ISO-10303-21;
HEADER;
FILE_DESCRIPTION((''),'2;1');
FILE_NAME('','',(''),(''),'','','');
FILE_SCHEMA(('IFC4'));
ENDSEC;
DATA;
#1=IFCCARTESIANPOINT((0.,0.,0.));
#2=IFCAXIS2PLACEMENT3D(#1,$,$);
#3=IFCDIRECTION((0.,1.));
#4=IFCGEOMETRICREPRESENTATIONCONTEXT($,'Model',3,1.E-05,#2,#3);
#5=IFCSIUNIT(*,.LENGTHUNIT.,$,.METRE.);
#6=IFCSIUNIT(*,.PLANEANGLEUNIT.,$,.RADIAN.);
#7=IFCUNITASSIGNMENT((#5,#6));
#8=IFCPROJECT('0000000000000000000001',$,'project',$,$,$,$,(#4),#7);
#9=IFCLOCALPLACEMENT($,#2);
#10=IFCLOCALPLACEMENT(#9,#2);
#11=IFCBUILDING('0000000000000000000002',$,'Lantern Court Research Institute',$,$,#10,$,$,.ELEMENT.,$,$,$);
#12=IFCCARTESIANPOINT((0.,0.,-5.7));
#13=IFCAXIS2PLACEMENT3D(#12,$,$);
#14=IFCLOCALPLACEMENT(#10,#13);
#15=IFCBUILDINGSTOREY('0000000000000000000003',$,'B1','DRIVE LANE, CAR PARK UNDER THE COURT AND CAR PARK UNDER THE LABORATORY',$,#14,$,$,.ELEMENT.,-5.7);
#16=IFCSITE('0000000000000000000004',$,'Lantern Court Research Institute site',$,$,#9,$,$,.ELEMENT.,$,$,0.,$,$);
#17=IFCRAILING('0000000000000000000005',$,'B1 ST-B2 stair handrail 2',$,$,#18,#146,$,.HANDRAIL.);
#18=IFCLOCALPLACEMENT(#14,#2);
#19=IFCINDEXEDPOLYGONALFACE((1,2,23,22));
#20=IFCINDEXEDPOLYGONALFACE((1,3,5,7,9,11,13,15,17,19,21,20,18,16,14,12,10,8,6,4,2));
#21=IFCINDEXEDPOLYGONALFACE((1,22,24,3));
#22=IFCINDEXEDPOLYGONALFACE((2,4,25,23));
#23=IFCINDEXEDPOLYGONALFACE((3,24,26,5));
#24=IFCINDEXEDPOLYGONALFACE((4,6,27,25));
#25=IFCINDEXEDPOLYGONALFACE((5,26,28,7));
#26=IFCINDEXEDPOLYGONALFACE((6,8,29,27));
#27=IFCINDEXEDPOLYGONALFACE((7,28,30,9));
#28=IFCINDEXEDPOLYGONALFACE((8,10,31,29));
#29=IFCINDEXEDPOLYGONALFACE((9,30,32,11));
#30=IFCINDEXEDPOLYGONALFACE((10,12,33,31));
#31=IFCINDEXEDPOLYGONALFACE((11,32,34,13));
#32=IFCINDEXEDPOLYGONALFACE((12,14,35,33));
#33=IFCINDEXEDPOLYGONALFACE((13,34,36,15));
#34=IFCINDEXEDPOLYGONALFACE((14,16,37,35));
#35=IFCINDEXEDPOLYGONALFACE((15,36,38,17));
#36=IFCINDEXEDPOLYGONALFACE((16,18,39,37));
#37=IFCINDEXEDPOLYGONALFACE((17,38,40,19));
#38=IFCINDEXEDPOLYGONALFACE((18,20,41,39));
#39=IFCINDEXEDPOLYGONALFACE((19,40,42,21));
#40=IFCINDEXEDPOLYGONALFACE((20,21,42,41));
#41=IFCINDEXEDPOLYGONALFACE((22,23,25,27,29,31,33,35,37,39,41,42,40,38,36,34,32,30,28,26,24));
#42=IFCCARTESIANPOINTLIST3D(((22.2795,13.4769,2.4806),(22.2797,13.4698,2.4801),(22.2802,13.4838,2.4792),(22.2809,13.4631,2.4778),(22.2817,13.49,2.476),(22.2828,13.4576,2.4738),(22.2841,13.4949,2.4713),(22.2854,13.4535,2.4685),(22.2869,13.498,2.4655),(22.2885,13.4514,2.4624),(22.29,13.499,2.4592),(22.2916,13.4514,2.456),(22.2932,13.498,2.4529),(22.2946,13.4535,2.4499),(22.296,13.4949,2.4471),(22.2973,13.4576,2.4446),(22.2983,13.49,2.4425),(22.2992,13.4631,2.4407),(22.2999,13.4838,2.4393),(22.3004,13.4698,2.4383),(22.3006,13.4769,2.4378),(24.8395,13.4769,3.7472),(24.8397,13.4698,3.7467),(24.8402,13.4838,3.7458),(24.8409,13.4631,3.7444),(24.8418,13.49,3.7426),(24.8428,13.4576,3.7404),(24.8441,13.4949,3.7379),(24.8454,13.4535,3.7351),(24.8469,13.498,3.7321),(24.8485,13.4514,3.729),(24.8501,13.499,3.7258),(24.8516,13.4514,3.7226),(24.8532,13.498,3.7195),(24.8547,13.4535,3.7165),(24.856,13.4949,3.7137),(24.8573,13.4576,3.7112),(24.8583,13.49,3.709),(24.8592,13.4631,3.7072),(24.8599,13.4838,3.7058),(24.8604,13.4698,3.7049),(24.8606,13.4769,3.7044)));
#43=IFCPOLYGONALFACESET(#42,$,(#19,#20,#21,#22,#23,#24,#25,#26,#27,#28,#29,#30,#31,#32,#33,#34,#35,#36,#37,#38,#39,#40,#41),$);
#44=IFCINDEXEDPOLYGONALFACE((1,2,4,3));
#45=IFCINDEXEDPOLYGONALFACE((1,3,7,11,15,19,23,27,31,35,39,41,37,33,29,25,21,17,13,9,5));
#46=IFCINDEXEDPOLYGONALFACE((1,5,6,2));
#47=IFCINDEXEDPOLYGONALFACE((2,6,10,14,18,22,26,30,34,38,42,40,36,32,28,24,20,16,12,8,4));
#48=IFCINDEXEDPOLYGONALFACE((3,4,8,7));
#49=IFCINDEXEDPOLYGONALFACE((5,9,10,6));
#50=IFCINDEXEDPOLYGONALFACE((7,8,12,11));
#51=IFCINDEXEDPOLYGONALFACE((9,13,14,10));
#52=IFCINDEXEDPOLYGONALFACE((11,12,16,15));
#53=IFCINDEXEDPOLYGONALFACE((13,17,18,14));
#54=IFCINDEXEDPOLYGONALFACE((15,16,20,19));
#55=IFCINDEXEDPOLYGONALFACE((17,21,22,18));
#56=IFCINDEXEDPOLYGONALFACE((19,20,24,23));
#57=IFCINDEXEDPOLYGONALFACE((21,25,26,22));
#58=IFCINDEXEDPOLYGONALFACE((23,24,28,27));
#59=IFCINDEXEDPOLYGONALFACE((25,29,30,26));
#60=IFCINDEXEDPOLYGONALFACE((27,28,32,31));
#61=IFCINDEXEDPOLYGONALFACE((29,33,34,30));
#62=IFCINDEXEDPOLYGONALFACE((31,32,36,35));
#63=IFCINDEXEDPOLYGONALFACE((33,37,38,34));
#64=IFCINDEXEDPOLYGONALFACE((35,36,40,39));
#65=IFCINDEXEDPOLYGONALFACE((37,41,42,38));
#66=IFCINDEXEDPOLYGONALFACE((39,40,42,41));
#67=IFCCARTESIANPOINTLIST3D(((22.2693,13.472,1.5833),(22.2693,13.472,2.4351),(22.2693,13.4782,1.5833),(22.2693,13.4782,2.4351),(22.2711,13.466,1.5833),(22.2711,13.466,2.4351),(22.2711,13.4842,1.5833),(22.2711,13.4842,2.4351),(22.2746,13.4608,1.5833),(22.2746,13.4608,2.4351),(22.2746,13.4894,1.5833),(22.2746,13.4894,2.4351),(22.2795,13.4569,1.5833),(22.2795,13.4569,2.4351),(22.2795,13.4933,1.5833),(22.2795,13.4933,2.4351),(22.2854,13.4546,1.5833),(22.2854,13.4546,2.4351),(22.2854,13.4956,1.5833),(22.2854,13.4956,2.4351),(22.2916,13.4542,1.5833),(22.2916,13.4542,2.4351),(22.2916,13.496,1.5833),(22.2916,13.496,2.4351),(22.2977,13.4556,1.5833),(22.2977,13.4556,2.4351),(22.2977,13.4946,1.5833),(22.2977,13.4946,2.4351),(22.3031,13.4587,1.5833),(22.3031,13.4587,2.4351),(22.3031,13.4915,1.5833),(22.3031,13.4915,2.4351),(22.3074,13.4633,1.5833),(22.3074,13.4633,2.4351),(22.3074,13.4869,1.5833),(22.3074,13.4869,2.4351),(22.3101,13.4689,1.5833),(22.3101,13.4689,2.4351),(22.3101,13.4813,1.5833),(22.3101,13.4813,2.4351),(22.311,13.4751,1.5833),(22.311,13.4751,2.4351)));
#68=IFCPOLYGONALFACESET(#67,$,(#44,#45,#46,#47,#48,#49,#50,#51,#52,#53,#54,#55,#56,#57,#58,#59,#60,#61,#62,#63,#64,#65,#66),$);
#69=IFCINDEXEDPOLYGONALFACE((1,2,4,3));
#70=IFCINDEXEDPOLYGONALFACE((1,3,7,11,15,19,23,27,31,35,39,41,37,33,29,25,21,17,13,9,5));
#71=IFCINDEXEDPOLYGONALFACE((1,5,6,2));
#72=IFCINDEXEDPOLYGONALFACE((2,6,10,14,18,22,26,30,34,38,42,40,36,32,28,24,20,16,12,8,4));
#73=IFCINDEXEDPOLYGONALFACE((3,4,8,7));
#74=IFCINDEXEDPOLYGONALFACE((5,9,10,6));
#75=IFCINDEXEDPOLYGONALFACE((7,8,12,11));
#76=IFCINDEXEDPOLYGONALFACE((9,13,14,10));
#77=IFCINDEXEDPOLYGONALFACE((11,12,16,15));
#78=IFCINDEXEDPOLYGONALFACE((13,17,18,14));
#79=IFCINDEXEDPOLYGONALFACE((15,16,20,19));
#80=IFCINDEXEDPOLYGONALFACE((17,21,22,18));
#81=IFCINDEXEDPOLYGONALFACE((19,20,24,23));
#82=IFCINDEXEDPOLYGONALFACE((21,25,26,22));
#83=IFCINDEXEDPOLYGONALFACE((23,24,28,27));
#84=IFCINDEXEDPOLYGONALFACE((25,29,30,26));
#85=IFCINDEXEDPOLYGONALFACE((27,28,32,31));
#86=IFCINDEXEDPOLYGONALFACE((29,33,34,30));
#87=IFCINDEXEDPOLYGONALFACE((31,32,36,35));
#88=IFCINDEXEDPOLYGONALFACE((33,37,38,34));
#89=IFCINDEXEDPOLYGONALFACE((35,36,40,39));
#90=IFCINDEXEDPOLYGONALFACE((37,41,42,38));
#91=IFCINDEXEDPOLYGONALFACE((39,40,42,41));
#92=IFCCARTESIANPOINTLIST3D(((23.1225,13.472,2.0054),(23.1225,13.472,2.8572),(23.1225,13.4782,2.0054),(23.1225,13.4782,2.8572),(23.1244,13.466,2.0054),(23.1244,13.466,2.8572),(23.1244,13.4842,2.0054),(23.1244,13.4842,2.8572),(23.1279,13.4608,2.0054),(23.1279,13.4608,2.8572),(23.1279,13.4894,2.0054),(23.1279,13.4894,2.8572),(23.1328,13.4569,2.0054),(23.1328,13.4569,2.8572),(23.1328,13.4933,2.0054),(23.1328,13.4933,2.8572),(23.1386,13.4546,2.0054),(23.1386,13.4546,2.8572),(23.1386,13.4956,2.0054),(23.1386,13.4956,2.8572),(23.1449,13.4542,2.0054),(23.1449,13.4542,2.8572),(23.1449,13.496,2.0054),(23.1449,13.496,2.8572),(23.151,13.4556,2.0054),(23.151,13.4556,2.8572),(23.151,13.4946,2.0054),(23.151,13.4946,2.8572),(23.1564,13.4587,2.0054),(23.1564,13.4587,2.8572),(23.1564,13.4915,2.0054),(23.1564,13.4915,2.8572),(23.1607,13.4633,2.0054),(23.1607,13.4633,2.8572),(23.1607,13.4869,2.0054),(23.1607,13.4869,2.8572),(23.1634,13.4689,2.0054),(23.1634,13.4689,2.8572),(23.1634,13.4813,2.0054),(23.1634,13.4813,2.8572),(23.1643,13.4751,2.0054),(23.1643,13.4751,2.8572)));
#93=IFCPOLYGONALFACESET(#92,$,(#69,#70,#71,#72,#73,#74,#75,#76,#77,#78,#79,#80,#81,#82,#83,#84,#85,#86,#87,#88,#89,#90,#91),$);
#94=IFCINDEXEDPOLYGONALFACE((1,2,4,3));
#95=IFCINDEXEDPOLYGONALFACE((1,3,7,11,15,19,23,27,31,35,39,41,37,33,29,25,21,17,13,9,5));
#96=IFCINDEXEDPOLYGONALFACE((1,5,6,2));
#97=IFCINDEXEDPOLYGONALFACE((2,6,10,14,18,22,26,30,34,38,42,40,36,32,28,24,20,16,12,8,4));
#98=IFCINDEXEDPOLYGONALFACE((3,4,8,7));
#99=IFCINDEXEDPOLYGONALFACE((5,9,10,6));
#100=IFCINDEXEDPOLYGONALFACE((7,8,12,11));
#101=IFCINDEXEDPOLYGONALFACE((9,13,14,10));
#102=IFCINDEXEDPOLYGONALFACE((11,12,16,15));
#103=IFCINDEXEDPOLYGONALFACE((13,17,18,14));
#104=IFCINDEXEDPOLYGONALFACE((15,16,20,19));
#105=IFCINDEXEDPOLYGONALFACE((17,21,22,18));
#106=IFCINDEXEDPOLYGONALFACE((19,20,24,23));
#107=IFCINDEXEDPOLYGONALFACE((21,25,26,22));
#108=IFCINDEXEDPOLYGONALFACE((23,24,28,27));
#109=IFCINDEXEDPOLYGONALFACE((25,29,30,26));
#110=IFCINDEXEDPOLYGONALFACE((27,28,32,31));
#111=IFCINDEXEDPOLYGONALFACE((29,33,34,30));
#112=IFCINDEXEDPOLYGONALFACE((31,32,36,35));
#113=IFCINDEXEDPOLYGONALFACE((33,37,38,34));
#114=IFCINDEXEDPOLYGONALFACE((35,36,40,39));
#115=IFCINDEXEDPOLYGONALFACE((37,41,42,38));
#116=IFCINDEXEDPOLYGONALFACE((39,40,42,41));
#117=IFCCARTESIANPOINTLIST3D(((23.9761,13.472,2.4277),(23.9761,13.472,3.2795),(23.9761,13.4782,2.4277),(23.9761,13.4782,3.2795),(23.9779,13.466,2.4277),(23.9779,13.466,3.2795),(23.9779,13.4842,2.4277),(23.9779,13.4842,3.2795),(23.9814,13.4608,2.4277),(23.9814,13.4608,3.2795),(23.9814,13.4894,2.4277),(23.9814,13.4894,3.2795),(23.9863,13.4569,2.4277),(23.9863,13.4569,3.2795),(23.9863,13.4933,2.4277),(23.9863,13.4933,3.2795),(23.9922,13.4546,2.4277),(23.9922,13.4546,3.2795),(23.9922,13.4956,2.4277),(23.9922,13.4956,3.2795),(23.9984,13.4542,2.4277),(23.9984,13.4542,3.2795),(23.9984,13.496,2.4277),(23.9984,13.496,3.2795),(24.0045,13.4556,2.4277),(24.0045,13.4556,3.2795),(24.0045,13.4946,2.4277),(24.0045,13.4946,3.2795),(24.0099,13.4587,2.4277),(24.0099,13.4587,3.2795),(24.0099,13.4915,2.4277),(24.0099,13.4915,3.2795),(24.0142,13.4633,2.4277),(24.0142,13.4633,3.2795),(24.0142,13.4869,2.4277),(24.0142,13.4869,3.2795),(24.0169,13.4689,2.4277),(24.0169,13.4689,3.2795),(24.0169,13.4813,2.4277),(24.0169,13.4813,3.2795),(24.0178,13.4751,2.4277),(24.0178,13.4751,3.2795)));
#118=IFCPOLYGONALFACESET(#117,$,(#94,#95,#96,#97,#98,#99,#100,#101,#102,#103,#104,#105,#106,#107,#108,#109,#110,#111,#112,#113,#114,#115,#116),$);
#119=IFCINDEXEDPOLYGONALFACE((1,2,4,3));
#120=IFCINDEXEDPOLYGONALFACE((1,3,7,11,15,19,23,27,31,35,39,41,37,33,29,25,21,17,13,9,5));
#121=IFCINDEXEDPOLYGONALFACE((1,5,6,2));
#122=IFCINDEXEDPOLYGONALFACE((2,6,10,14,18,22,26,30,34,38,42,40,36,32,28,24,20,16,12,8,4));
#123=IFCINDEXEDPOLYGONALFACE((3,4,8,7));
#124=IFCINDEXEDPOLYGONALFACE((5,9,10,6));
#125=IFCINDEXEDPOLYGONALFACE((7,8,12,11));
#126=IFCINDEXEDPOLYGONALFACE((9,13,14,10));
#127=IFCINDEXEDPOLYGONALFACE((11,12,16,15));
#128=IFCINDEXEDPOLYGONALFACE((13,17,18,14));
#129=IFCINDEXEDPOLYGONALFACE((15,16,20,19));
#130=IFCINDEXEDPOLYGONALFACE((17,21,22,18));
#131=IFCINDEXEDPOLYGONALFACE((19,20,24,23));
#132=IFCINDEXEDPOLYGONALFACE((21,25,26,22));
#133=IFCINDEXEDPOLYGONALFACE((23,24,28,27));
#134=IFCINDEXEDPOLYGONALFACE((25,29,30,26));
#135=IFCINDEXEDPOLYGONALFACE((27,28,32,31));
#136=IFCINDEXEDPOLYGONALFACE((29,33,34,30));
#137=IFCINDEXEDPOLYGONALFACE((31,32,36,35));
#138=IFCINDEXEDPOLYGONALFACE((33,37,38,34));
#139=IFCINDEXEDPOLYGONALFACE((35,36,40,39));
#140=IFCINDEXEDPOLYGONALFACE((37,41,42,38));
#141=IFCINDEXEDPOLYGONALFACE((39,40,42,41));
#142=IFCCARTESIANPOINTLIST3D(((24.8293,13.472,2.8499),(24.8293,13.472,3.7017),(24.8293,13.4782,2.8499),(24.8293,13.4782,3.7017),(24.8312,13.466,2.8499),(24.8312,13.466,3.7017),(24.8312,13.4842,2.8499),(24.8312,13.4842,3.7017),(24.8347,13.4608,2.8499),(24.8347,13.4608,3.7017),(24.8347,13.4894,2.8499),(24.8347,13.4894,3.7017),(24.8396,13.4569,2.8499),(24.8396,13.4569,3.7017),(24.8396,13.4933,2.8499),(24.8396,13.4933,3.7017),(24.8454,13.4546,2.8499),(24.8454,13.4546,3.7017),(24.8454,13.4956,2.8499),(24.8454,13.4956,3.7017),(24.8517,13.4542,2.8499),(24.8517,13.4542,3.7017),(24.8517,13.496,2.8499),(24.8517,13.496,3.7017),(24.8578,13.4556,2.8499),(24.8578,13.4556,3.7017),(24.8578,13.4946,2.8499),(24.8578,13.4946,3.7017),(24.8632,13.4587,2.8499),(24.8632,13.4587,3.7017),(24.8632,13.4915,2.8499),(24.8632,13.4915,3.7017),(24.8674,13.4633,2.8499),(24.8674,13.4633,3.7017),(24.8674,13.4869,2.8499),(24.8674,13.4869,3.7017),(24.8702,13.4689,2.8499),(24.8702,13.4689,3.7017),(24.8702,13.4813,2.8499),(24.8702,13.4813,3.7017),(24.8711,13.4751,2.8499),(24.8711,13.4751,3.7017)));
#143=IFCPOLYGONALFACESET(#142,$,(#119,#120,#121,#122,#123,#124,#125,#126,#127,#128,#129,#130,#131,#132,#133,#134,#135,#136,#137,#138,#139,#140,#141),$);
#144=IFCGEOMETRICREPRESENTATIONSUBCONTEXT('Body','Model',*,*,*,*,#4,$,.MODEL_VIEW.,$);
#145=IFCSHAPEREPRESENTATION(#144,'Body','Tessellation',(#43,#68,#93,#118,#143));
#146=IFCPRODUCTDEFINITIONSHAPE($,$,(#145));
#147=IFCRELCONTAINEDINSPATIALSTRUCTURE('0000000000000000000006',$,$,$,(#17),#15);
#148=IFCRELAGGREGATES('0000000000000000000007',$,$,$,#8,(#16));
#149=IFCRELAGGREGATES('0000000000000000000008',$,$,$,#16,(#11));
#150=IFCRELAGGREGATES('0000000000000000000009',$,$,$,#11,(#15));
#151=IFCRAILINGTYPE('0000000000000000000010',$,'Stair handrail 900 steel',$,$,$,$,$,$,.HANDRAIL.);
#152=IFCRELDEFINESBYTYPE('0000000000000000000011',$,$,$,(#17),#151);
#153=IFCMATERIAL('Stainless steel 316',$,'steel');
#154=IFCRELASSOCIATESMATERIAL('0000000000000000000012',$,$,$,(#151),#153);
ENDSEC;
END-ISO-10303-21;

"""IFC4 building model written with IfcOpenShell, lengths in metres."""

from ifc_helpers import new_model, si_unit, direction, frame, origin, origin_2d, place, context, subcontext, project, spatial, circle, extrude, material, type_object, element, save


model = new_model("IFC4")

# Units and contexts
model_context = context("Model", 3, precision=1e-05, world=origin(), true_north=direction((0.0, 1.0)))
body_context = subcontext(model_context, "Body", "Model", "MODEL_VIEW")
ifc_project = project(units=[si_unit("LENGTHUNIT", "METRE"), si_unit("PLANEANGLEUNIT", "RADIAN")], contexts=[model_context])

# Site, building, storey
site_placement = place(None, origin())
site = spatial("IfcSite", under=ifc_project, at=site_placement, Name="Lantern Court Research Institute site", CompositionType="ELEMENT", RefElevation=0.0)
building_placement = place(site_placement, origin())
building = spatial("IfcBuilding", under=site, at=building_placement, Name="Lantern Court Research Institute", CompositionType="ELEMENT")
storey_placement = place(building_placement, frame((0.0, 0.0, -5.7)))
storey = spatial("IfcBuildingStorey", under=building, at=storey_placement, Name="B1", Description="DRIVE LANE, CAR PARK UNDER THE COURT AND CAR PARK UNDER THE LABORATORY", CompositionType="ELEMENT", Elevation=-5.7)

# Railing
ifc_material_1 = material(Name="Stainless steel 316", Category="steel")
railing_type_1 = type_object("IfcRailingType", Name="Stair handrail 900 steel", PredefinedType="HANDRAIL", material=ifc_material_1)
for number, where, name in (
    (1, (22.29, 13.4751, 1.5833), "B1 ST-B2 stair handrail 2"),
):
    element("IfcRailing", number, at=place(storey_placement, frame(where)), inside=storey, type_object=railing_type_1, Name=name, PredefinedType="HANDRAIL", context=body_context, shape_type="SweptSolid", body=[
        extrude(circle(Radius=0.0239, at=origin_2d()), frame((0.0, 0.0, 0.876), z_axis=(0.8963, 0.0, 0.443449), x_axis=(0.0, 1.0, 0.0)), (0.0, 0.0, 1.0), 2.8562),
        extrude(circle(Radius=0.021, at=origin_2d()), origin(), (0.0, 0.0, 1.0), 0.8518),
        extrude(circle(Radius=0.021, at=origin_2d()), frame((0.8533, 0.0, 0.4221)), (0.0, 0.0, 1.0), 0.8518),
        extrude(circle(Radius=0.021, at=origin_2d()), frame((1.7068, 0.0, 0.8445)), (0.0, 0.0, 1.0), 0.8518),
        extrude(circle(Radius=0.021, at=origin_2d()), frame((2.5601, 0.0, 1.2666)), (0.0, 0.0, 1.0), 0.8518),
    ])

save(model, "model.ifc")
